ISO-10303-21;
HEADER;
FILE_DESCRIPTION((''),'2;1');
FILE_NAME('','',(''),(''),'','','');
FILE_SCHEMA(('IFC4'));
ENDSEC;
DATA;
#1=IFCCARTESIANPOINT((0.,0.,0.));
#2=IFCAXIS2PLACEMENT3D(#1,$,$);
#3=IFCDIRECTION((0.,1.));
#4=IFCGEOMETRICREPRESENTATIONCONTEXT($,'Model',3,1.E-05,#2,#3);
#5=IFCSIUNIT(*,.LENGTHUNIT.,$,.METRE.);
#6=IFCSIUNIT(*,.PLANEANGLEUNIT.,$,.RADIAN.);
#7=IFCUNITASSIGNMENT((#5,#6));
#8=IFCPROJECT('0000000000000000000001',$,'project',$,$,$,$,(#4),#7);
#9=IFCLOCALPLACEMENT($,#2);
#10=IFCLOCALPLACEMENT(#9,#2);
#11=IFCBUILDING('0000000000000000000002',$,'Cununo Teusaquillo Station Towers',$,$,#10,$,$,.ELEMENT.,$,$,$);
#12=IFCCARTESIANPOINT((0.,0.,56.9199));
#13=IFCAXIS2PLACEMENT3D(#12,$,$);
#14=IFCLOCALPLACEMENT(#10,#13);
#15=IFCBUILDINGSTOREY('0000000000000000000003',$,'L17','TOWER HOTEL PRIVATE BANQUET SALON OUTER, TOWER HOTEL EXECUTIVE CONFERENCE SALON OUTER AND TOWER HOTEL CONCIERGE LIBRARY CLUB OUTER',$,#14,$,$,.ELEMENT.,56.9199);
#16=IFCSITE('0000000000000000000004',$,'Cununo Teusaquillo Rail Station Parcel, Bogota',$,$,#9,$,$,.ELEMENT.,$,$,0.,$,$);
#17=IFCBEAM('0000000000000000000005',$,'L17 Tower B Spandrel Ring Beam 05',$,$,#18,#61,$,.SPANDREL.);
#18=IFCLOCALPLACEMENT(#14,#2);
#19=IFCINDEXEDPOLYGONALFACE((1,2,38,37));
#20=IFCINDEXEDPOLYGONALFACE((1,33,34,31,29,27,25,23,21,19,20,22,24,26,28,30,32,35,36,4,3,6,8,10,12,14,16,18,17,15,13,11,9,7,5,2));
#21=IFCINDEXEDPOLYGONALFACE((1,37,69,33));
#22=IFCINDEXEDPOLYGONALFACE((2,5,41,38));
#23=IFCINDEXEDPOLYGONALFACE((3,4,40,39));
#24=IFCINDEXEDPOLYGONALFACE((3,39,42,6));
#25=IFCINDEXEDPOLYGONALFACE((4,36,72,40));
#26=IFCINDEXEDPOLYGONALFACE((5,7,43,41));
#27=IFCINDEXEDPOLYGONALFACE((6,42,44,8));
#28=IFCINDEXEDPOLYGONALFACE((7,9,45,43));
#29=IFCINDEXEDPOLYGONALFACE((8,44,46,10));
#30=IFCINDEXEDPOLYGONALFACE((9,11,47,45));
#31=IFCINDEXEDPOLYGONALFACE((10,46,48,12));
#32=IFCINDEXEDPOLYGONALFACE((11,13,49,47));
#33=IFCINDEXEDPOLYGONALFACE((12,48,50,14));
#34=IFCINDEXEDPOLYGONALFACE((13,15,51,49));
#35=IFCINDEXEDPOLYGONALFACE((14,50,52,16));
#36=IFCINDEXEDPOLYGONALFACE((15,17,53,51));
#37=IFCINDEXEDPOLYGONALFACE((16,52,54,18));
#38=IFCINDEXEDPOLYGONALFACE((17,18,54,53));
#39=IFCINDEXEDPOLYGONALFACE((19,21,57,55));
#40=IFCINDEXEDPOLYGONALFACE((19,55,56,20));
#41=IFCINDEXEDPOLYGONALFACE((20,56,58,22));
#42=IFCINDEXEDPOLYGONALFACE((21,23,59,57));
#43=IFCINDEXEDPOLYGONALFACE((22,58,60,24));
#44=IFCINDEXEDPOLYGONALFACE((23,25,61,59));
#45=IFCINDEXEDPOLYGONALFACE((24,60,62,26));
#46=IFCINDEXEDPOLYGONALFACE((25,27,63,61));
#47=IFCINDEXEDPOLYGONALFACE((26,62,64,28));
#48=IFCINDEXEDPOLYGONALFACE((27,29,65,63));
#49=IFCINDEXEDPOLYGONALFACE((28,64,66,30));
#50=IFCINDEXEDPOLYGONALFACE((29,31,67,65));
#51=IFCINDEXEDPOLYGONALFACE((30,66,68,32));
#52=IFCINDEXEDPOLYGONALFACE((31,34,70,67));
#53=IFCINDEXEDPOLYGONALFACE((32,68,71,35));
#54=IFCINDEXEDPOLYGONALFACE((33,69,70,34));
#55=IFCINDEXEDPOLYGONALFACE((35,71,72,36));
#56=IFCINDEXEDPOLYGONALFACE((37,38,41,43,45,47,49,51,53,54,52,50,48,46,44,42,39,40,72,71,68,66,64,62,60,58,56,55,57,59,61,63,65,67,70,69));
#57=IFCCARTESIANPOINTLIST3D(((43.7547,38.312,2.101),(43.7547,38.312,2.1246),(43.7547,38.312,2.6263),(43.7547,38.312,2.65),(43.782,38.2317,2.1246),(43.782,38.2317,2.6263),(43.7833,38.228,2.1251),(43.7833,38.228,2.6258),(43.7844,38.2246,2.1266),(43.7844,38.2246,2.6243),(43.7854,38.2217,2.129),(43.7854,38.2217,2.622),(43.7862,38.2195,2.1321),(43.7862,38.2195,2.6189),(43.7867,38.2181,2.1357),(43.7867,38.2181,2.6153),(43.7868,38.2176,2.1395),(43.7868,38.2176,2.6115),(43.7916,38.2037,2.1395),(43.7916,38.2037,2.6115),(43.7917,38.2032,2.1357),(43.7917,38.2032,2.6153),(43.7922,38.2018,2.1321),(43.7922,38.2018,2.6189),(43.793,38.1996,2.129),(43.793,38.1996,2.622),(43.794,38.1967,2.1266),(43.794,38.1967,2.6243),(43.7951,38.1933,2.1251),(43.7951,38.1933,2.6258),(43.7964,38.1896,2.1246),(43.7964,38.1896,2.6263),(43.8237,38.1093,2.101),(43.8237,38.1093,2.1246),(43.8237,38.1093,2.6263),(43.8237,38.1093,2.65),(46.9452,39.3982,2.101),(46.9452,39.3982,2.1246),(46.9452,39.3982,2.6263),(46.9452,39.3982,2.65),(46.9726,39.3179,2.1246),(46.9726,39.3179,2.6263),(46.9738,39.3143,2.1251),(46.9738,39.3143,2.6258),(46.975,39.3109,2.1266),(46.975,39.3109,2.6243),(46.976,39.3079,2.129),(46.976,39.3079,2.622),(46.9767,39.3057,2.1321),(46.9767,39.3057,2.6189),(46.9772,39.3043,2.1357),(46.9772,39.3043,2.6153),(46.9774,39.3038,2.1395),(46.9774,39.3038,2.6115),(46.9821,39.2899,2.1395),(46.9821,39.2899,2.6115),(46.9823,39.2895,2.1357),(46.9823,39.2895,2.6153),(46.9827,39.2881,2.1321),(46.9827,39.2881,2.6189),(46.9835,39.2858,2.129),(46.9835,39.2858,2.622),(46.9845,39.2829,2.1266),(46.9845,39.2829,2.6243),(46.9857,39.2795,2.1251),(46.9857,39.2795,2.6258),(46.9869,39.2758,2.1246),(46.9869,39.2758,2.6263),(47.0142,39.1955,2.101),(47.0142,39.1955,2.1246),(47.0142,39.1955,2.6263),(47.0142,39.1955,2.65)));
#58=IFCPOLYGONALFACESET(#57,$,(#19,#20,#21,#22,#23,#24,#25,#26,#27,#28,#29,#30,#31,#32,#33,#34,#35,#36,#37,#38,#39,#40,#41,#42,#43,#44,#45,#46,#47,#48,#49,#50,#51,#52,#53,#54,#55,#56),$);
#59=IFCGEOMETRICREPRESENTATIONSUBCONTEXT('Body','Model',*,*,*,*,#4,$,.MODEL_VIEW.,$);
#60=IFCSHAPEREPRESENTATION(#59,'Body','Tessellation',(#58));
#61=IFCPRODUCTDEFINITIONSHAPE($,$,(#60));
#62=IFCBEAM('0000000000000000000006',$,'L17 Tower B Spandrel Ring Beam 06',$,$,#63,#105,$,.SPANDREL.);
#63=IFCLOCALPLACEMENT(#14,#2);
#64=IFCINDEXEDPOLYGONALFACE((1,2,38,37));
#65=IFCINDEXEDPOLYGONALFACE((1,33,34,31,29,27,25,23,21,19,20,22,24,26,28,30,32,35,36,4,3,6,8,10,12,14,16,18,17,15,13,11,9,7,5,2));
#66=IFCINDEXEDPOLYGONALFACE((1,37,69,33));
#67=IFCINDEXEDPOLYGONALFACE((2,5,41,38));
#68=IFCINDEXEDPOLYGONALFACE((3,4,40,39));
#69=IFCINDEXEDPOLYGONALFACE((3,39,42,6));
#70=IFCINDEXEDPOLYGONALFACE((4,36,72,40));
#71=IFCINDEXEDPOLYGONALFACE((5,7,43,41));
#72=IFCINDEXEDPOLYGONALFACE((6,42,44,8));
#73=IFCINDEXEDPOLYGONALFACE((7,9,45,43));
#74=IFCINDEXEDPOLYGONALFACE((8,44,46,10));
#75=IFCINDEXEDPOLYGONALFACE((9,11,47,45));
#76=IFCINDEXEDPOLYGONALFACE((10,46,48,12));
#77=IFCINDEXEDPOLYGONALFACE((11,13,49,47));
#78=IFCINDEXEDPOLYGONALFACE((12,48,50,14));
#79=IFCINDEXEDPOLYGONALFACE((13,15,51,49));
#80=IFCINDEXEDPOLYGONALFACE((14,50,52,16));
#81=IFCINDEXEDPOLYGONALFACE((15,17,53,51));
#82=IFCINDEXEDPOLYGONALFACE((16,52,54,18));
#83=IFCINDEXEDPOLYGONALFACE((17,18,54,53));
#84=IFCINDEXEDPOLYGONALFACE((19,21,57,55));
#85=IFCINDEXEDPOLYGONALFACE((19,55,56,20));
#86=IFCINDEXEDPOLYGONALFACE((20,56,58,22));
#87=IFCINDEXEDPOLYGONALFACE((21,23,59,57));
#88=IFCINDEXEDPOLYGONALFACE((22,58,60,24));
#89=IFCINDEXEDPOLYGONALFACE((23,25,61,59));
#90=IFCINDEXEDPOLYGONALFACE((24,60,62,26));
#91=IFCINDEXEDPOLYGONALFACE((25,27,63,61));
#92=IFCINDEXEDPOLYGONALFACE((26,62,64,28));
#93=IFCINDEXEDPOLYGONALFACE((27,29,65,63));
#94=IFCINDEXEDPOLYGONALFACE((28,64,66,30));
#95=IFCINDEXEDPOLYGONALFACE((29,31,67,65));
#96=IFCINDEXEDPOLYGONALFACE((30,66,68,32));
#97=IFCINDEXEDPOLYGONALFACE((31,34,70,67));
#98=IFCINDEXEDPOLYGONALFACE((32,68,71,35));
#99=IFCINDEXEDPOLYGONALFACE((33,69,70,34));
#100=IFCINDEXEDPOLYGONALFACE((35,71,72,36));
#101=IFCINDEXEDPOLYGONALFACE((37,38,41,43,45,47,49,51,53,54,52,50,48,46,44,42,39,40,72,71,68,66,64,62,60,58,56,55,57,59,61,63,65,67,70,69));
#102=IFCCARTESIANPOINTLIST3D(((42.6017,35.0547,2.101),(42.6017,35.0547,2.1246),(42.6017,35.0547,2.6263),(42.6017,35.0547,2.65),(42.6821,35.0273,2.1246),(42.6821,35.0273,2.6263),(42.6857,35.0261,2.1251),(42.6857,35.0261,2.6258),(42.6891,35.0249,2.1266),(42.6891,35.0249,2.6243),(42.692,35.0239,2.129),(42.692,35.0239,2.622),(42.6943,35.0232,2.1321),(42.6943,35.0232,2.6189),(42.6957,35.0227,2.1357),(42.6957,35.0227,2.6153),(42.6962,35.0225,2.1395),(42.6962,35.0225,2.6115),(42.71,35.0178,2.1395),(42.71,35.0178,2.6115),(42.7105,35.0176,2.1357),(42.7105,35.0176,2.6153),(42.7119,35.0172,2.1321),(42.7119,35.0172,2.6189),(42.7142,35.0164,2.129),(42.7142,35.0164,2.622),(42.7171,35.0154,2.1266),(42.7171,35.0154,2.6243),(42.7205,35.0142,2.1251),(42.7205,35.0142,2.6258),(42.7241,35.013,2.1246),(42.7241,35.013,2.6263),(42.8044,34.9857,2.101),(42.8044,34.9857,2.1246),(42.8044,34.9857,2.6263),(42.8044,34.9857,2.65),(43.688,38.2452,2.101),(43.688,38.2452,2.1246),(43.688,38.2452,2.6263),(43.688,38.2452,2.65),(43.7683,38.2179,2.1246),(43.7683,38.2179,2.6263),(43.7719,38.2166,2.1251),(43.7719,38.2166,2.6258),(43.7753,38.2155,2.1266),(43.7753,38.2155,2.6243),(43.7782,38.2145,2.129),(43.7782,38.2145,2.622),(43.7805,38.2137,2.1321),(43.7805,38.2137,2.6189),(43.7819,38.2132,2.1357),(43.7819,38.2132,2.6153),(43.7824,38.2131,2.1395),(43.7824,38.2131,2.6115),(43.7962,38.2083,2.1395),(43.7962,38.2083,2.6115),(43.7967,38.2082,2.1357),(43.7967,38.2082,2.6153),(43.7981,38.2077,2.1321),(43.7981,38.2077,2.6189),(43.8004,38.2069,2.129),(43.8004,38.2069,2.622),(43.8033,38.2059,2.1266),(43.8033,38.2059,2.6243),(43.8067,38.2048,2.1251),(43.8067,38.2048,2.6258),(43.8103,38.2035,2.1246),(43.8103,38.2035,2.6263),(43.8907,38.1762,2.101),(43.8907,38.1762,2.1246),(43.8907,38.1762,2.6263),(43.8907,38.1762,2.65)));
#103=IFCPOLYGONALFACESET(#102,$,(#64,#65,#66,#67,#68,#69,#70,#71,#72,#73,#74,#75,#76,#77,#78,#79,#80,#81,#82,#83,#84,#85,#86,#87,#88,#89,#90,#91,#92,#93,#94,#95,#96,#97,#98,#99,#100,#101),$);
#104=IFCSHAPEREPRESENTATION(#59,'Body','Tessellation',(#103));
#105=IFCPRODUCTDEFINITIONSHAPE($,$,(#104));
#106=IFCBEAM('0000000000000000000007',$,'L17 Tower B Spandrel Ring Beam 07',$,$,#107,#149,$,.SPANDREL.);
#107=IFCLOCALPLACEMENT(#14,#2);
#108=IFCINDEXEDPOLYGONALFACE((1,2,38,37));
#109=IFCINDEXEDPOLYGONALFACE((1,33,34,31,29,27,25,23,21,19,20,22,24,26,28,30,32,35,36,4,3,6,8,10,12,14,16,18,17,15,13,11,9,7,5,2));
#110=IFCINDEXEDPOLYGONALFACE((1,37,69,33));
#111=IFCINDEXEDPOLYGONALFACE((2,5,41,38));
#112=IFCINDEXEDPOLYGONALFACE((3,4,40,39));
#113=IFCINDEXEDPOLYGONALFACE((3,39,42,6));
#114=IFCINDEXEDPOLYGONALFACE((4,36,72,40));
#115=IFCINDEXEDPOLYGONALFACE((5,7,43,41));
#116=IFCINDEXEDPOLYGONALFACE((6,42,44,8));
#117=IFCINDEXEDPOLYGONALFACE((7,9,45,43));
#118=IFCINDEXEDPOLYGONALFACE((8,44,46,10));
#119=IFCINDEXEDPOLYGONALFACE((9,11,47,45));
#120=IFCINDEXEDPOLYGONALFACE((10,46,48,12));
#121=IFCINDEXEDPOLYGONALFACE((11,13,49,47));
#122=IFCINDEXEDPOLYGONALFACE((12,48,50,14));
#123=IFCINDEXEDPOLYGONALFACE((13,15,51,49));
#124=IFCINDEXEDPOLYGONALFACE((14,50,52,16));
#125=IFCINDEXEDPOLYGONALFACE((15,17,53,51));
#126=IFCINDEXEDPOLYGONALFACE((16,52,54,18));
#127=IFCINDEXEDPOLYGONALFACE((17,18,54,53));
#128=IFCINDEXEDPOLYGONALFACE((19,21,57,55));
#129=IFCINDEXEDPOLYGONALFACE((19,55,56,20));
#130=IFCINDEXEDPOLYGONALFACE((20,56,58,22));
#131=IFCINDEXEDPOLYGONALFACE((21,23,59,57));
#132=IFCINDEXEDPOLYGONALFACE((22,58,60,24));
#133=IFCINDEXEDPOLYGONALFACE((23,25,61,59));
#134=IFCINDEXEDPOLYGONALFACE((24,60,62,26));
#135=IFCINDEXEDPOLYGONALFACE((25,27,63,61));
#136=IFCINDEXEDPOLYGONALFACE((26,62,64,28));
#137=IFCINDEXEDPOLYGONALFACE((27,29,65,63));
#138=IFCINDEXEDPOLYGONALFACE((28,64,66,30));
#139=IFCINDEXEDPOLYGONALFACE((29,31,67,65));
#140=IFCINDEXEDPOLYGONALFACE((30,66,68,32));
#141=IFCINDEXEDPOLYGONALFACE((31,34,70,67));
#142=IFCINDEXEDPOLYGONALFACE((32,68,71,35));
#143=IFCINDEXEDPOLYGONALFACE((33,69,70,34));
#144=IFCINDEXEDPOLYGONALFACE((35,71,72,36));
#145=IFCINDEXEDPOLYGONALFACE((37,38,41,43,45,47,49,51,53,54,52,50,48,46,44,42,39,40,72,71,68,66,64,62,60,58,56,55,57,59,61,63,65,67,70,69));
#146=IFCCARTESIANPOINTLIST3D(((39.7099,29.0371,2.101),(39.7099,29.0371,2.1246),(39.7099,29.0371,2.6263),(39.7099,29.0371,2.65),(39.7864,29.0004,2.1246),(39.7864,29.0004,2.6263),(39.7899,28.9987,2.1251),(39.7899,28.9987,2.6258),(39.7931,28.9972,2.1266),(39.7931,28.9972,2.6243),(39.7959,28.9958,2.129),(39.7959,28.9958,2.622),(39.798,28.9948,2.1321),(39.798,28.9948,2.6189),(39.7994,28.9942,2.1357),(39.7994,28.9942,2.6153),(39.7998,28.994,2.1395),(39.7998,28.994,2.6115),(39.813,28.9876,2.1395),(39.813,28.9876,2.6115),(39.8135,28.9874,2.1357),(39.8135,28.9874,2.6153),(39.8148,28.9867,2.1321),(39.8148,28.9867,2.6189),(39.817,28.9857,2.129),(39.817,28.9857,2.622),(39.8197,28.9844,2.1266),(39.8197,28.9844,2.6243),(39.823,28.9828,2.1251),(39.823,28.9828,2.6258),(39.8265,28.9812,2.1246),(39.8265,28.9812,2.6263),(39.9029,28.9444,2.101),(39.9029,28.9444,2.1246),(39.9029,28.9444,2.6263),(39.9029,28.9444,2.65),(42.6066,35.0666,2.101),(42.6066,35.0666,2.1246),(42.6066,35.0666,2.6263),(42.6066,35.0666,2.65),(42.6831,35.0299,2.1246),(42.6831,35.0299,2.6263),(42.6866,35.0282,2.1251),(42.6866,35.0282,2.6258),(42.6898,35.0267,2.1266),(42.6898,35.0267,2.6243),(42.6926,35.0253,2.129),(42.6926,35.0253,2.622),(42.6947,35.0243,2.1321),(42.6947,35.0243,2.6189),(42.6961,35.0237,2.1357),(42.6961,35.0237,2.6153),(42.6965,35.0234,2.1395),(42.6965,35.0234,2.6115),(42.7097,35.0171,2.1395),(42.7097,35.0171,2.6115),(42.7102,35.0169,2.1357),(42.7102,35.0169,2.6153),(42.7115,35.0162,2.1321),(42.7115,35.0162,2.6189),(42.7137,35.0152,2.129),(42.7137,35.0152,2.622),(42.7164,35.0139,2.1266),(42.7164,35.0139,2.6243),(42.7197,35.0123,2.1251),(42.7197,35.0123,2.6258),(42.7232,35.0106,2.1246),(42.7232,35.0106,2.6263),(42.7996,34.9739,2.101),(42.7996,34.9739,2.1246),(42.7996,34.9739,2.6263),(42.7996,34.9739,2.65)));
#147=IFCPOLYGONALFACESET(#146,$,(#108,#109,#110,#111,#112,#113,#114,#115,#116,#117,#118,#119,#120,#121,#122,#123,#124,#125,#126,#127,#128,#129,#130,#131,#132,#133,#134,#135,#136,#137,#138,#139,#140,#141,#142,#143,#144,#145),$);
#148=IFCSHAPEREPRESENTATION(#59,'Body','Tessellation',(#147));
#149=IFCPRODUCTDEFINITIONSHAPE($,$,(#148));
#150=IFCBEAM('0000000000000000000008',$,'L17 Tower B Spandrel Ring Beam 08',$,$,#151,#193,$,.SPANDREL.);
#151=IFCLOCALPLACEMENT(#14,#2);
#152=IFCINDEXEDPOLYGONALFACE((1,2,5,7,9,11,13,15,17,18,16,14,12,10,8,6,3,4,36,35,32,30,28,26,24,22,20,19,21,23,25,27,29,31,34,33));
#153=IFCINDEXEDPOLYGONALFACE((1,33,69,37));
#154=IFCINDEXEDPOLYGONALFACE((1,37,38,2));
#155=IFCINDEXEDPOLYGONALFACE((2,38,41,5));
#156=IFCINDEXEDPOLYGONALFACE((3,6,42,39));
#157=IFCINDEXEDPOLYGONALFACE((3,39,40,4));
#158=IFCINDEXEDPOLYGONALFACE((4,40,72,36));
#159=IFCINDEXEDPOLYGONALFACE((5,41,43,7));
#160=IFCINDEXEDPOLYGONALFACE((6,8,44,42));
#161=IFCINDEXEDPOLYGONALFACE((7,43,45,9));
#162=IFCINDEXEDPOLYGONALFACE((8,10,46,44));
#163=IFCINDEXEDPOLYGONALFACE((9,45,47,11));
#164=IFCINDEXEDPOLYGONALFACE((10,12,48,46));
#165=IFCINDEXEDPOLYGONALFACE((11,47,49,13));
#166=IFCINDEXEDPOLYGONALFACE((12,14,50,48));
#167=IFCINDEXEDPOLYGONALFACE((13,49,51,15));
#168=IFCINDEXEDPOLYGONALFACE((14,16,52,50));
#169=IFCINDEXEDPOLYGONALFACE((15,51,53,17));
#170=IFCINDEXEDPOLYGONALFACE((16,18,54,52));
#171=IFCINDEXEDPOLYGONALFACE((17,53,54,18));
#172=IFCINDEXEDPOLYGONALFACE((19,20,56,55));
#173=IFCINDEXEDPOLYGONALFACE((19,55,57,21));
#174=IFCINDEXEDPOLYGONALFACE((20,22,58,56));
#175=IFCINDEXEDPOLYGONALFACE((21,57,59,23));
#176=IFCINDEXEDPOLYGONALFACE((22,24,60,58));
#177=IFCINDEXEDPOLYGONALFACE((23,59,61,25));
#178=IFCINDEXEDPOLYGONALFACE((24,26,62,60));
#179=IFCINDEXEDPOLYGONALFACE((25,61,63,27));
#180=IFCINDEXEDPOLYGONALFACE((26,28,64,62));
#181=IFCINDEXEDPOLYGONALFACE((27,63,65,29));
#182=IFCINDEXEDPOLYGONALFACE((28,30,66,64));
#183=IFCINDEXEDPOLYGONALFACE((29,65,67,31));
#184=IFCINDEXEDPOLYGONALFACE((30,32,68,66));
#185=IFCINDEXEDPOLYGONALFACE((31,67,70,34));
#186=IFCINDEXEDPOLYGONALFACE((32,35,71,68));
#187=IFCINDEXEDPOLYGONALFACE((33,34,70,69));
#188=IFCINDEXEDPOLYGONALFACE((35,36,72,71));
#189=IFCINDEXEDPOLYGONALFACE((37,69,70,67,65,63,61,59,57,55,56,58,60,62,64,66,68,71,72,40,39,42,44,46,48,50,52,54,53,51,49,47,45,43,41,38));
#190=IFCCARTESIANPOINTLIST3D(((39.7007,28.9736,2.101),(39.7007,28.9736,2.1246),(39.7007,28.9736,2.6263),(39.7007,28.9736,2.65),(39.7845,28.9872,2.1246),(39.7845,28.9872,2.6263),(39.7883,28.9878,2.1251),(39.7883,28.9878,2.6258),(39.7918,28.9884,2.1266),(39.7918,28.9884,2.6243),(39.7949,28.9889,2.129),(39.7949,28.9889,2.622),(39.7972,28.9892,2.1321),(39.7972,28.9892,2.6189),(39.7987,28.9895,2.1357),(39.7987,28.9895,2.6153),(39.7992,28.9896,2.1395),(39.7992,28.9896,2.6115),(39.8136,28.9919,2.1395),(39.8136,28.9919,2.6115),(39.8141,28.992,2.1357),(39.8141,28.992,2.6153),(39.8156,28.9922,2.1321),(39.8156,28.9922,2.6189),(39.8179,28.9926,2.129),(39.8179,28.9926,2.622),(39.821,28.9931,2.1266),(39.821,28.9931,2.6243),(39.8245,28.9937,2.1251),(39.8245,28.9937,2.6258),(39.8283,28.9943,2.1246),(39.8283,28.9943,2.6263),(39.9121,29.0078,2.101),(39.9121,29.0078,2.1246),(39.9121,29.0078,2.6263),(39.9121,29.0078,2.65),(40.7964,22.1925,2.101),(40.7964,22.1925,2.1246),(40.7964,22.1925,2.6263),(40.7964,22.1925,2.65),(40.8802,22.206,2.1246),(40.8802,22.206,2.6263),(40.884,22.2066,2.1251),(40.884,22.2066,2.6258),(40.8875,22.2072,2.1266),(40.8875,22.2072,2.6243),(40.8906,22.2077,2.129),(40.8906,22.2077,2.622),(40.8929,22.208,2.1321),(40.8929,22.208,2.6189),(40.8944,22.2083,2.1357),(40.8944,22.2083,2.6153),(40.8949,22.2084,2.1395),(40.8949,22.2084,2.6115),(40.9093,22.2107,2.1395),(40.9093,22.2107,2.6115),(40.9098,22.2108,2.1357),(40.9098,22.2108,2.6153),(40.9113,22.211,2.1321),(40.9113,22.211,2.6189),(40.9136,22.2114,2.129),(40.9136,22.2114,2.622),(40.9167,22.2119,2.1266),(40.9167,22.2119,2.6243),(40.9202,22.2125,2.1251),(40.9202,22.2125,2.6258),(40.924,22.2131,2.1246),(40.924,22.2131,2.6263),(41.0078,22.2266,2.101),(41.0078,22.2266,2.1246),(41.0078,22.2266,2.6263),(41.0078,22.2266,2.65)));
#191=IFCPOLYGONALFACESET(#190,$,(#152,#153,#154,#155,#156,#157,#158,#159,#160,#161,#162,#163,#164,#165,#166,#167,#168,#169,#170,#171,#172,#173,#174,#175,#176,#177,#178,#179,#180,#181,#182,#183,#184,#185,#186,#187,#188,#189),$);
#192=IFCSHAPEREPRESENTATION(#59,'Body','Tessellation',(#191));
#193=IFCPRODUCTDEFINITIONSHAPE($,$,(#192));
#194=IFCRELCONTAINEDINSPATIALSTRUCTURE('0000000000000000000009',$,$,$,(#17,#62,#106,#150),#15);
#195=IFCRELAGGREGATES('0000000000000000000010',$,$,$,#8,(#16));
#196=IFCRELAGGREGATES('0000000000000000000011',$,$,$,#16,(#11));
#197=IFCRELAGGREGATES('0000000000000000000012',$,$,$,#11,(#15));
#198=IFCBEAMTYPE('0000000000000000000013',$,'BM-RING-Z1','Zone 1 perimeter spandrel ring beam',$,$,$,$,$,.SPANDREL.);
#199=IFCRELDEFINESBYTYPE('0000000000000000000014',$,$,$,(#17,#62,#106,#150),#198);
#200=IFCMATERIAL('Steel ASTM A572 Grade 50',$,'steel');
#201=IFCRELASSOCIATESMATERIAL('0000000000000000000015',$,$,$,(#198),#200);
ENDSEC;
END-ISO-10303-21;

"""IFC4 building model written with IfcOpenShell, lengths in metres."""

from ifc_helpers import new_model, si_unit, direction, frame, origin, origin_2d, place, context, subcontext, project, spatial, i_section, extrude, material, material_profile, profile_set, type_object, element, save


model = new_model("IFC4")

# Units and contexts
model_context = context("Model", 3, precision=1e-05, world=origin(), true_north=direction((0.0, 1.0)))
body_context = subcontext(model_context, "Body", "Model", "MODEL_VIEW")
ifc_project = project(units=[si_unit("LENGTHUNIT", "METRE"), si_unit("PLANEANGLEUNIT", "RADIAN")], contexts=[model_context])

# Site, building, storey
site_placement = place(None, origin())
site = spatial("IfcSite", under=ifc_project, at=site_placement, Name="Cununo Teusaquillo Rail Station Parcel, Bogota", CompositionType="ELEMENT", RefElevation=0.0)
building_placement = place(site_placement, origin())
building = spatial("IfcBuilding", under=site, at=building_placement, Name="Cununo Teusaquillo Station Towers", CompositionType="ELEMENT")
storey_placement = place(building_placement, frame((0.0, 0.0, 56.9199)))
storey = spatial("IfcBuildingStorey", under=building, at=storey_placement, Name="L17", Description="TOWER HOTEL PRIVATE BANQUET SALON OUTER, TOWER HOTEL EXECUTIVE CONFERENCE SALON OUTER AND TOWER HOTEL CONCIERGE LIBRARY CLUB OUTER", CompositionType="ELEMENT", Elevation=56.9199)

# Beams
ifc_material_1 = material(Name="Steel ASTM A572 Grade 50", Category="steel")
ifc_material_profile_1 = material_profile(ifc_material_1, i_section(OverallWidth=0.2141, OverallDepth=0.5491, WebThickness=0.0146, FlangeThickness=0.0237, FilletRadius=0.0149, at=origin_2d()), Name="W21X93")
ifc_profile_set_1 = profile_set([ifc_material_profile_1], Name="Steel ASTM A572 Grade 50")
beam_type_1 = type_object("IfcBeamType", Name="BM-RING-Z1", Description="Zone 1 perimeter spandrel ring beam", PredefinedType="SPANDREL", material=ifc_profile_set_1)
for number, where, z_axis, x_axis, name in (
    (1, (46.9797, 39.2969, 2.3755), (-0.946643, -0.322285, 0.0), (0.322285, -0.946643, 0.0), "L17 Tower B Spandrel Ring Beam 05"),
    (2, (43.7893, 38.2107, 2.3755), (-0.322285, -0.946643, 0.0), (0.946643, -0.322285, 0.0), "L17 Tower B Spandrel Ring Beam 06"),
):
    element("IfcBeam", number, at=place(storey_placement, frame(where, z_axis=z_axis, x_axis=x_axis)), inside=storey, type_object=beam_type_1, Name=name, PredefinedType="SPANDREL", context=body_context, shape_type="SweptSolid", body=[
        extrude(i_section(OverallWidth=0.2141, OverallDepth=0.5491, WebThickness=0.0146, FlangeThickness=0.0237, FilletRadius=0.0149, at=origin_2d()), origin(), (0.0, 0.0, 1.0), 3.3704),
    ])
beam_1_placement = place(storey_placement, frame((42.7031, 35.0203, 2.3755), z_axis=(-0.433041, -0.901374, 0.0), x_axis=(0.901374, -0.433041, 0.0)))
element("IfcBeam", 3, at=beam_1_placement, inside=storey, type_object=beam_type_1, Name="L17 Tower B Spandrel Ring Beam 07", PredefinedType="SPANDREL", context=body_context, shape_type="SweptSolid", body=[
    extrude(i_section(OverallWidth=0.2141, OverallDepth=0.5491, WebThickness=0.0146, FlangeThickness=0.0237, FilletRadius=0.0149, at=origin_2d()), origin(), (0.0, 0.0, 1.0), 6.6892),
])
beam_2_placement = place(storey_placement, frame((39.8064, 28.9907, 2.3755), z_axis=(0.15951, -0.987196, 0.0), x_axis=(0.987196, 0.15951, 0.0)))
element("IfcBeam", 4, at=beam_2_placement, inside=storey, type_object=beam_type_1, Name="L17 Tower B Spandrel Ring Beam 08", PredefinedType="SPANDREL", context=body_context, shape_type="SweptSolid", body=[
    extrude(i_section(OverallWidth=0.2141, OverallDepth=0.5491, WebThickness=0.0146, FlangeThickness=0.0237, FilletRadius=0.0149, at=origin_2d()), origin(), (0.0, 0.0, 1.0), 6.8691),
])

save(model, "model.ifc")
